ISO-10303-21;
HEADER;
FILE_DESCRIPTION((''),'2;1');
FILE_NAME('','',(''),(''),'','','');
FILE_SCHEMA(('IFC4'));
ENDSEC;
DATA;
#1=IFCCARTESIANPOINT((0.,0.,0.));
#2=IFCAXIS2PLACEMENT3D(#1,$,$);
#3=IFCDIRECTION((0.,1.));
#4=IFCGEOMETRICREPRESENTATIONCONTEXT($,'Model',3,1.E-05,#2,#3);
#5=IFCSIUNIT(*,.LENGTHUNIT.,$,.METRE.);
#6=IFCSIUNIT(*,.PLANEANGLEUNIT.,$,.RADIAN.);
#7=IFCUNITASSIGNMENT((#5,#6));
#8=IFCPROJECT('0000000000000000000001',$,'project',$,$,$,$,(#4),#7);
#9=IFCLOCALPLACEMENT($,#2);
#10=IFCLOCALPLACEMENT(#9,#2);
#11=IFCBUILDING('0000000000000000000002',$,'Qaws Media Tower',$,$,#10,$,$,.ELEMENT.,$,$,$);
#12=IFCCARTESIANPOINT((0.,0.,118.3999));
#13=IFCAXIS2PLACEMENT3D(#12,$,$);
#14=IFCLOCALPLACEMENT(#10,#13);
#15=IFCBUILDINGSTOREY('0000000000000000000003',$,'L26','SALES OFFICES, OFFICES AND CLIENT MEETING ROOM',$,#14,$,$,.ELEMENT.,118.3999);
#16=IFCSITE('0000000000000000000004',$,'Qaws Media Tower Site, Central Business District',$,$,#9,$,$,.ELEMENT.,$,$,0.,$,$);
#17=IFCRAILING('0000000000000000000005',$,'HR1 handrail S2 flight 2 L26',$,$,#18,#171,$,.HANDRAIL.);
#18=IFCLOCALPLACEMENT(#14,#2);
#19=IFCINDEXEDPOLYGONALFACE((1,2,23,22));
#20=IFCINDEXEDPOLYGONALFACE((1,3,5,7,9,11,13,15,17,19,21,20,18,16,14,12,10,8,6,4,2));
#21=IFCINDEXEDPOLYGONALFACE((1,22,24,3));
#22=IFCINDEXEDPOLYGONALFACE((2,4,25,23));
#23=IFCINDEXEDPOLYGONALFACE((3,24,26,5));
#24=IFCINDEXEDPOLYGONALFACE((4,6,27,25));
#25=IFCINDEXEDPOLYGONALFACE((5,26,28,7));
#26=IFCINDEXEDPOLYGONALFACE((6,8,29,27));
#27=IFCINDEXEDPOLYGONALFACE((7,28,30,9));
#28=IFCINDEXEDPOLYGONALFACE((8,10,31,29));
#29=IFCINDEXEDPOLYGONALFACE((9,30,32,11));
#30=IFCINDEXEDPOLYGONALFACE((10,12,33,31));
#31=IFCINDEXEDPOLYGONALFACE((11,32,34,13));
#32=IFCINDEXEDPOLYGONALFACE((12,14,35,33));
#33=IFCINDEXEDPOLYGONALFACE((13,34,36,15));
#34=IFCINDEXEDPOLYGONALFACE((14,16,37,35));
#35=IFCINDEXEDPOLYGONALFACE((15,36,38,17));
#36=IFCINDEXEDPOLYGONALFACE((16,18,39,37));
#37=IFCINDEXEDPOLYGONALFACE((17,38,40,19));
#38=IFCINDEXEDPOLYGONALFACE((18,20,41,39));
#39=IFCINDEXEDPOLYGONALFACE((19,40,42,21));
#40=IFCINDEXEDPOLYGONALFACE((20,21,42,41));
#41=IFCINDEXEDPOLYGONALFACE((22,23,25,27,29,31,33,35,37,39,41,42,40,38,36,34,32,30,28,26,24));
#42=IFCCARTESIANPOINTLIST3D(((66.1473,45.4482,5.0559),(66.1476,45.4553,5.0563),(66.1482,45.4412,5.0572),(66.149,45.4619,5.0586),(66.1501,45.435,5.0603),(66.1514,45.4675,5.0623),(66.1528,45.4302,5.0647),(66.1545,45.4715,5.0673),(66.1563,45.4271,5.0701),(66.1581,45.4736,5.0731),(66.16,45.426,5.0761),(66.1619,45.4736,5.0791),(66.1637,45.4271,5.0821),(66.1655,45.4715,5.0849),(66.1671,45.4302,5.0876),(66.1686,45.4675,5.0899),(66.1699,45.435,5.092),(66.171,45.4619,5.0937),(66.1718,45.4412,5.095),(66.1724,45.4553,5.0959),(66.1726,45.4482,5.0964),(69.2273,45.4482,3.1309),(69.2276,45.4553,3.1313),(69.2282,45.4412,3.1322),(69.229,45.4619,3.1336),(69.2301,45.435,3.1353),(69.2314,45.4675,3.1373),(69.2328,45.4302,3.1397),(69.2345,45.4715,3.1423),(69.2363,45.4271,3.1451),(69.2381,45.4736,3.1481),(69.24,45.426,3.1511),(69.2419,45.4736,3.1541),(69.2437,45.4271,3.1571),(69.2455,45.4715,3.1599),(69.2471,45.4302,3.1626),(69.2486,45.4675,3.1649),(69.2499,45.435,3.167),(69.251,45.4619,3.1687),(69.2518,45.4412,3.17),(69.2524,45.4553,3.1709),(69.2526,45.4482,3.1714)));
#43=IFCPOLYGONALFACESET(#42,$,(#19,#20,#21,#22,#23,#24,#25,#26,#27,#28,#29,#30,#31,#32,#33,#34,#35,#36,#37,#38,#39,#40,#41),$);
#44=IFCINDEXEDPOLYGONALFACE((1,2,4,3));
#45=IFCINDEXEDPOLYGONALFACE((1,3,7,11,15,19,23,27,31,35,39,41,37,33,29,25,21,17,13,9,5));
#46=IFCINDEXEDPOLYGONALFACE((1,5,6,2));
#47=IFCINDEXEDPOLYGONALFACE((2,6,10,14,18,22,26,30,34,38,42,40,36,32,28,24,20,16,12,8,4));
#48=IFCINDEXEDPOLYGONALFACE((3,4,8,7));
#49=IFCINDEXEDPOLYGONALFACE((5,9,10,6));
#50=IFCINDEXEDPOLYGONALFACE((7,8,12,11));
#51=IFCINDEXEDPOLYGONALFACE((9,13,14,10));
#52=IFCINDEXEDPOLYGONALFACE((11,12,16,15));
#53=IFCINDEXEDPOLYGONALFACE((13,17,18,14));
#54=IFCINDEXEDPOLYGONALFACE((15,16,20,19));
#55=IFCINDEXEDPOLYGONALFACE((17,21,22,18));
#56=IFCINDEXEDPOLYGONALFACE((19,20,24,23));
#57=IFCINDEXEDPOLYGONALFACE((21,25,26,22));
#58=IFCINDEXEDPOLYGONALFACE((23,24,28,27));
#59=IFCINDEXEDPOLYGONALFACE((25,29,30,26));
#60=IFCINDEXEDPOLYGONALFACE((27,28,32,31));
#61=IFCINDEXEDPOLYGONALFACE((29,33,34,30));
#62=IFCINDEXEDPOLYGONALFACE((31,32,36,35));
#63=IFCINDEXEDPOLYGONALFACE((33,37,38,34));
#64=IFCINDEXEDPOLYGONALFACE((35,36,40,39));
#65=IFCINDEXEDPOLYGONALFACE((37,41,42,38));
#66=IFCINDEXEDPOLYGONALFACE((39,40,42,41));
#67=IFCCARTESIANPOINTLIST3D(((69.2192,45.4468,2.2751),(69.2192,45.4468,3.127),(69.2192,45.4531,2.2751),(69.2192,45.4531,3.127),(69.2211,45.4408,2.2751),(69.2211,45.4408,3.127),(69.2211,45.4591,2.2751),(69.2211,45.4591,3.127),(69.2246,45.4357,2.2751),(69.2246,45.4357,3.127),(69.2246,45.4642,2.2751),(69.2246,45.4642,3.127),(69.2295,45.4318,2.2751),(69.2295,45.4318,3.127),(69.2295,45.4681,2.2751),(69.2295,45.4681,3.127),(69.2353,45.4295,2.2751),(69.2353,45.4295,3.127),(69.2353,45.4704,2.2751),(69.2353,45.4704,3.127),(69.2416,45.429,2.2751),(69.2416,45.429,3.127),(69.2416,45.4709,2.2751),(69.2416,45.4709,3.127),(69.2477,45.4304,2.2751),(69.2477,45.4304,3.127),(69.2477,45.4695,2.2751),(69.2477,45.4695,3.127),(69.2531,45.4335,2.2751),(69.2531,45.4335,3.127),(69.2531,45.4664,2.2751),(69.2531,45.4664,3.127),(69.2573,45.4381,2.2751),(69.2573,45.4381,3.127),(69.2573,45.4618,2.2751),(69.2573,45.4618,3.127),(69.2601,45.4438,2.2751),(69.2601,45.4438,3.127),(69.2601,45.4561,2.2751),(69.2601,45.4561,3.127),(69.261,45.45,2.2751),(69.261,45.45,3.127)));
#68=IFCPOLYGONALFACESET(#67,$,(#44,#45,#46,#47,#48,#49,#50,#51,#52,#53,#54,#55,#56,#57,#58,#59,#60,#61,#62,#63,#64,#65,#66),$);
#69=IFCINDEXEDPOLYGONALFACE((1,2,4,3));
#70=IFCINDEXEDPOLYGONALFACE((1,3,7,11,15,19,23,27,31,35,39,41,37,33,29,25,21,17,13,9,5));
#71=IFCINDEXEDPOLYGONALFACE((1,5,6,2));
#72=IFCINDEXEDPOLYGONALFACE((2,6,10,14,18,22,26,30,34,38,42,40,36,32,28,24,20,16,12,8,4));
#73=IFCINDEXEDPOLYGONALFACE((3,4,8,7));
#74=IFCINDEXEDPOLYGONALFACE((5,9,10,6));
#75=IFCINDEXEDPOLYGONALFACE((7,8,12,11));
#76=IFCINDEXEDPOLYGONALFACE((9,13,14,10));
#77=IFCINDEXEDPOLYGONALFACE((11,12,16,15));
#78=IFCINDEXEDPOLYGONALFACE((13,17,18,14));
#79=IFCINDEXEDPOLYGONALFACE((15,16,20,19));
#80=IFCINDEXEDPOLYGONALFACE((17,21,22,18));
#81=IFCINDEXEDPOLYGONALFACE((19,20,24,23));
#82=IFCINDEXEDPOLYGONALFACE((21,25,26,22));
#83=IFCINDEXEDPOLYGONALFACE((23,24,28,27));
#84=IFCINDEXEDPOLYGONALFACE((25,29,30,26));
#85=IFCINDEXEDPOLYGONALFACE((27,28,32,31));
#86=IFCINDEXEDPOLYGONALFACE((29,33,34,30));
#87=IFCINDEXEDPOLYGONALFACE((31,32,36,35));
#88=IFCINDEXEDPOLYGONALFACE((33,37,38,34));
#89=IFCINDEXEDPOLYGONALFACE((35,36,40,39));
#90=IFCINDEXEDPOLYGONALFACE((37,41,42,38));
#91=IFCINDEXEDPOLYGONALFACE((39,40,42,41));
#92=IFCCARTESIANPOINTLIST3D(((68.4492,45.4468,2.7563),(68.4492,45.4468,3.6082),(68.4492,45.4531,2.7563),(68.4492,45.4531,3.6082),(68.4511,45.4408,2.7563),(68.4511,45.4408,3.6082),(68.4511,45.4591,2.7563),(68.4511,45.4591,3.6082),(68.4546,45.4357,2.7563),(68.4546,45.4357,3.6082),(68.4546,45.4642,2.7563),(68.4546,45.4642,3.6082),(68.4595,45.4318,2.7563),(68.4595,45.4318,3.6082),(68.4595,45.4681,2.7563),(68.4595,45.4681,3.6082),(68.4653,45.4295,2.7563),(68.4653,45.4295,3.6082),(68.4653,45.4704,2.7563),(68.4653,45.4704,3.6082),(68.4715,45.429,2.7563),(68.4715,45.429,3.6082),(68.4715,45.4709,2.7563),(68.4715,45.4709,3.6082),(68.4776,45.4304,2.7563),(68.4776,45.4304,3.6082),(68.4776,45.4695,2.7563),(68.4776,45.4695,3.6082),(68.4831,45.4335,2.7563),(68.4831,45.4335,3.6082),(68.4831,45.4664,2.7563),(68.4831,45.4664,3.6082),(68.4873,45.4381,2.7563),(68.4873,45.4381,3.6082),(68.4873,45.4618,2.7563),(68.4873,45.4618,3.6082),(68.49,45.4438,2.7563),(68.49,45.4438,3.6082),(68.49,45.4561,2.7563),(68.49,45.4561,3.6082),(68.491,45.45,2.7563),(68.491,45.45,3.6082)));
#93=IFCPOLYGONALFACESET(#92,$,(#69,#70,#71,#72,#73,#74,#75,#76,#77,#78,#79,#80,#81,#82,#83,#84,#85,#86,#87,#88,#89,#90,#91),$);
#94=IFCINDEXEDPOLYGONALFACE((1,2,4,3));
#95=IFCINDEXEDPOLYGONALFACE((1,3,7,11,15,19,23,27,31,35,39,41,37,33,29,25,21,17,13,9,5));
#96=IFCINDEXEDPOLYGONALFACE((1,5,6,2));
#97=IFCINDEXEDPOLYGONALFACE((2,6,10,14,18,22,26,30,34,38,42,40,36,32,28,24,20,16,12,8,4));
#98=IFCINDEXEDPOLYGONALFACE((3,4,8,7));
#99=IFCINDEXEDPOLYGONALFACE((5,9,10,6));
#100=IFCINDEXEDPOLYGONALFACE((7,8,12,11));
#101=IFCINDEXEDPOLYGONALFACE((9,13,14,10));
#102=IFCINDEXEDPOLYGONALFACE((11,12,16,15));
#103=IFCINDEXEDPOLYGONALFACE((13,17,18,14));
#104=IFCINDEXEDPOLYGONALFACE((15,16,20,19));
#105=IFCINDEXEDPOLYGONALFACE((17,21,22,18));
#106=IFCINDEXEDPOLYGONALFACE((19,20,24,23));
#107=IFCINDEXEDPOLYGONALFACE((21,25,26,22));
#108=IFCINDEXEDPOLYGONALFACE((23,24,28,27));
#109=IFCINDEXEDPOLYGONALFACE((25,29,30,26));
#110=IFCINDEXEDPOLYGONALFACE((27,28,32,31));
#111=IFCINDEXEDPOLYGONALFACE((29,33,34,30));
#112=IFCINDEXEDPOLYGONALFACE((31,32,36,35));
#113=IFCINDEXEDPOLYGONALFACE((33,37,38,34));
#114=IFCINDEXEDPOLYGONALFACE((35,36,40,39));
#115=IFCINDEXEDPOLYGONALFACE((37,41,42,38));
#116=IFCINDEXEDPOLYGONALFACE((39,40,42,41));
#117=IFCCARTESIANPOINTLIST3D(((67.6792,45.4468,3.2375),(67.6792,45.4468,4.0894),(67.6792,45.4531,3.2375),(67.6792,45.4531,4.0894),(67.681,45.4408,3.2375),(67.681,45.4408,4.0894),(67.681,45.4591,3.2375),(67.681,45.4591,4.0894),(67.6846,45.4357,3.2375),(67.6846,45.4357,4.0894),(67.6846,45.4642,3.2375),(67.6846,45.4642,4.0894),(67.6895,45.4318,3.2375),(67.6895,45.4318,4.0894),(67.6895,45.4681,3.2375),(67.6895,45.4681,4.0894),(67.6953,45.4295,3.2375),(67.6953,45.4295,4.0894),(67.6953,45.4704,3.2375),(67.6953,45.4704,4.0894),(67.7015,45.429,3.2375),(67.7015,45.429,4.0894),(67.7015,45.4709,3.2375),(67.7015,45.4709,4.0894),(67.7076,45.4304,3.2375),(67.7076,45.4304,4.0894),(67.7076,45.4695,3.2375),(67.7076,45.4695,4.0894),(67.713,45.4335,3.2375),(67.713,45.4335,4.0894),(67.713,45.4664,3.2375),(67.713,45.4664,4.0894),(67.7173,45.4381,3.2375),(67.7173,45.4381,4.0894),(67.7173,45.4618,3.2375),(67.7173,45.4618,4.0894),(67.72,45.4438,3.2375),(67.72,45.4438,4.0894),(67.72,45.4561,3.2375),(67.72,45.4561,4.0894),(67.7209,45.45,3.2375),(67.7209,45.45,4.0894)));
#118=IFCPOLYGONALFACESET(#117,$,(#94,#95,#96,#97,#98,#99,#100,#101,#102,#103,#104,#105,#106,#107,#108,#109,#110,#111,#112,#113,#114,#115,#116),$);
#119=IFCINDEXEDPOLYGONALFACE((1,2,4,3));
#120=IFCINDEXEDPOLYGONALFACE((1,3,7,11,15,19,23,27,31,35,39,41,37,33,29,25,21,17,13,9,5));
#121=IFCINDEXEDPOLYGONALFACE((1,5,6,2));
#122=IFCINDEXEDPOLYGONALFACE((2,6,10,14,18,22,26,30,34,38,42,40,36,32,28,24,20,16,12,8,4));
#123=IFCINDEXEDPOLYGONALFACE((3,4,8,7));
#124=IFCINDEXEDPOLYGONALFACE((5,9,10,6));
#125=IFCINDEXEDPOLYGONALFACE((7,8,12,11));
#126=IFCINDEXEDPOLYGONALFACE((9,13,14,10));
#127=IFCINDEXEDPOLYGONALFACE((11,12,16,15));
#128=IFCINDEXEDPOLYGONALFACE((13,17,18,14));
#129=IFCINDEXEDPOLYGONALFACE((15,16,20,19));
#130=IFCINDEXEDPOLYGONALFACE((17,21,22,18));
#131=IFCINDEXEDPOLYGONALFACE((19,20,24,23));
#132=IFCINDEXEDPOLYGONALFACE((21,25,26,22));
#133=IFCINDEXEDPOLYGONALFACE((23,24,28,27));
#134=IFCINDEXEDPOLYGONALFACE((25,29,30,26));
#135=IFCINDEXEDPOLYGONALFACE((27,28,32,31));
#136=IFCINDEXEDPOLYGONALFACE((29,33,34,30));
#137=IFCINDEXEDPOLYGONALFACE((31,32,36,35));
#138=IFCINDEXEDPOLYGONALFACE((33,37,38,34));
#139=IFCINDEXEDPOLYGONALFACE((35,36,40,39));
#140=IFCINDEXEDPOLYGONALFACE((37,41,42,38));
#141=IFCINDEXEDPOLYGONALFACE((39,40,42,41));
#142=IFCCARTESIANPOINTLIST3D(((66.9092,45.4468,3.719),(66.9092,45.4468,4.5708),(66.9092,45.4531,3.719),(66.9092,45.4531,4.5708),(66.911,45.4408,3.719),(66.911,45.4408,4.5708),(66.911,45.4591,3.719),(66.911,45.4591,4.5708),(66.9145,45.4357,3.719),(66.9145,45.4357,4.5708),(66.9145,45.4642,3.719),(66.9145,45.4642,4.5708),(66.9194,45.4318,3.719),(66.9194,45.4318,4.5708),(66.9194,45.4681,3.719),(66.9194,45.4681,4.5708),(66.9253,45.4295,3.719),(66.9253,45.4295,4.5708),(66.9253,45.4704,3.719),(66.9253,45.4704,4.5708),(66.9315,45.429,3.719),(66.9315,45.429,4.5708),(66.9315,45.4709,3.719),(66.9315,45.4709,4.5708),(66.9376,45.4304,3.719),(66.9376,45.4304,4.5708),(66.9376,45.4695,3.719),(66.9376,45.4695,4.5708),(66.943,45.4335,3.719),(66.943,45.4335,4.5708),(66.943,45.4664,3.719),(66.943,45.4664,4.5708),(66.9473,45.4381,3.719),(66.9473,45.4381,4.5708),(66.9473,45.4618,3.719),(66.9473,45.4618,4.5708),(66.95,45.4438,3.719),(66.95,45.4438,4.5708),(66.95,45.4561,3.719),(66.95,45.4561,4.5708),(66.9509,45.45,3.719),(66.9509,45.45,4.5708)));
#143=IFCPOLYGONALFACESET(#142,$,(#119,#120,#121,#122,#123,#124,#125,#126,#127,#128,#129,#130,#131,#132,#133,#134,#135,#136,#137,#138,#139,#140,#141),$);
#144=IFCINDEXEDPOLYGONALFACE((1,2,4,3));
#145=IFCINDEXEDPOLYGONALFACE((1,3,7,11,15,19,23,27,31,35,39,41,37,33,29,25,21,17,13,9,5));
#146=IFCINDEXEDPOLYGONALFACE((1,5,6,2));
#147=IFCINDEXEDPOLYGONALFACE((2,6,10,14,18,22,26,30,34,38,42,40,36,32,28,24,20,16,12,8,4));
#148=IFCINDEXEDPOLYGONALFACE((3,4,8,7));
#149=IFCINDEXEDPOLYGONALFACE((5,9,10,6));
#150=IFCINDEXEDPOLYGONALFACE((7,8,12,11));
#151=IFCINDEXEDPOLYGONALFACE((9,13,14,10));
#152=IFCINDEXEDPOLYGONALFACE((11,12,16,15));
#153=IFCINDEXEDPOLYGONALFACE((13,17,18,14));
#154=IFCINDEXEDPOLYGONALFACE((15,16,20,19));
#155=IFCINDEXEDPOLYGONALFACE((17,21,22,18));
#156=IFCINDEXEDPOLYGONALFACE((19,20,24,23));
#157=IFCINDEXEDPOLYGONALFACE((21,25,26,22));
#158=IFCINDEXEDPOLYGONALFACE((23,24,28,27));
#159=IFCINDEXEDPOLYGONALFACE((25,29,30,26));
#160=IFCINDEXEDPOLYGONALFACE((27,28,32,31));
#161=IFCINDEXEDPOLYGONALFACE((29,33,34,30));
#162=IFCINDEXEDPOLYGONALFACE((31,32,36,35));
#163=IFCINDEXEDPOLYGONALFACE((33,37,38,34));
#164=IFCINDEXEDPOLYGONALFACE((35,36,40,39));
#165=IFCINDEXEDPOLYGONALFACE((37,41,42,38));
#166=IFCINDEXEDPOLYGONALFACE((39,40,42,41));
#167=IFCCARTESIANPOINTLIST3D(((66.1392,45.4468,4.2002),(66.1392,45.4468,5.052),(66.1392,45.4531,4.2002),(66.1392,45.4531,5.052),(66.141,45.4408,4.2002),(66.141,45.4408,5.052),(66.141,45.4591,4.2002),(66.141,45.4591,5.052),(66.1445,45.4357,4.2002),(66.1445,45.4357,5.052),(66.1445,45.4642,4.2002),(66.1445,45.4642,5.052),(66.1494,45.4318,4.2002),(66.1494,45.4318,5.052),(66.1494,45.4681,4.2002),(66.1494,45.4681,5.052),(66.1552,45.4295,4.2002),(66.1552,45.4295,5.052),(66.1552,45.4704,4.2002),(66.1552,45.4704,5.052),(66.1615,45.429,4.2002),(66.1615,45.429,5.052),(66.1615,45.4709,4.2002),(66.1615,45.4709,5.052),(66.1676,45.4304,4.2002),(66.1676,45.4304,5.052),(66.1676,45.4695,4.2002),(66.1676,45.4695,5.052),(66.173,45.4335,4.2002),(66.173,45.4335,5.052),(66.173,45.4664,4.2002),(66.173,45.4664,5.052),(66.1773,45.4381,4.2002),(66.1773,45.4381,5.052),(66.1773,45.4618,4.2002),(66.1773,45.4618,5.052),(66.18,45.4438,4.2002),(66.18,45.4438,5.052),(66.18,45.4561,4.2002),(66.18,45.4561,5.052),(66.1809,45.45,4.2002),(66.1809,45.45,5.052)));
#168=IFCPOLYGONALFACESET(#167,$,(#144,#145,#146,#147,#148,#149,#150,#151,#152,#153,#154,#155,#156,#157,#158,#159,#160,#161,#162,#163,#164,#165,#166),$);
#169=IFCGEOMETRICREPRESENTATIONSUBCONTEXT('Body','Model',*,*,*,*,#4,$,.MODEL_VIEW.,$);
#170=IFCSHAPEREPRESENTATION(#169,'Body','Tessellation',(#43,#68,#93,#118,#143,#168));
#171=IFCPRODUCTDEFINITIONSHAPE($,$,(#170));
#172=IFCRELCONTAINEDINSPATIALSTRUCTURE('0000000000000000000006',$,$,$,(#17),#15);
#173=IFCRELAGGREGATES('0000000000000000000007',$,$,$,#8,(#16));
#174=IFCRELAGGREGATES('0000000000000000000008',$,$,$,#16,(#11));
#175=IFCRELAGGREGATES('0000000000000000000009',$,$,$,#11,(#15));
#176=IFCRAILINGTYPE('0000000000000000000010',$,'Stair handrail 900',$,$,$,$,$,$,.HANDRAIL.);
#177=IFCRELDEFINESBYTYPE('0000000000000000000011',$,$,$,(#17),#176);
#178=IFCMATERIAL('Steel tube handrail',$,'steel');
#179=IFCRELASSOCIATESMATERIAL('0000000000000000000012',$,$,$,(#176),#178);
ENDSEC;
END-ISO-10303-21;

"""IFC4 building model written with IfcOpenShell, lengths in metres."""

from ifc_helpers import new_model, si_unit, direction, frame, origin, origin_2d, place, context, subcontext, project, spatial, circle, extrude, material, type_object, element, save


model = new_model("IFC4")

# Units and contexts
model_context = context("Model", 3, precision=1e-05, world=origin(), true_north=direction((0.0, 1.0)))
body_context = subcontext(model_context, "Body", "Model", "MODEL_VIEW")
ifc_project = project(units=[si_unit("LENGTHUNIT", "METRE"), si_unit("PLANEANGLEUNIT", "RADIAN")], contexts=[model_context])

# Site, building, storey
site_placement = place(None, origin())
site = spatial("IfcSite", under=ifc_project, at=site_placement, Name="Qaws Media Tower Site, Central Business District", CompositionType="ELEMENT", RefElevation=0.0)
building_placement = place(site_placement, origin())
building = spatial("IfcBuilding", under=site, at=building_placement, Name="Qaws Media Tower", CompositionType="ELEMENT")
storey_placement = place(building_placement, frame((0.0, 0.0, 118.3999)))
storey = spatial("IfcBuildingStorey", under=building, at=storey_placement, Name="L26", Description="SALES OFFICES, OFFICES AND CLIENT MEETING ROOM", CompositionType="ELEMENT", Elevation=118.3999)

# Railing
ifc_material_1 = material(Name="Steel tube handrail", Category="steel")
railing_type = type_object("IfcRailingType", Name="Stair handrail 900", PredefinedType="HANDRAIL", material=ifc_material_1)
for number, where, name in (
    (1, (69.24, 45.45, 2.2751), "HR1 handrail S2 flight 2 L26"),
):
    element("IfcRailing", number, at=place(storey_placement, frame(where)), inside=storey, type_object=railing_type, Name=name, PredefinedType="HANDRAIL", context=body_context, shape_type="SweptSolid", body=[
        extrude(circle(Radius=0.0239, at=origin_2d()), frame((0.0, 0.0, 0.876), z_axis=(-0.847998, 0.0, 0.529999), x_axis=(0.0, -1.0, 0.0)), (0.0, 0.0, 1.0), 3.6321),
        extrude(circle(Radius=0.021, at=origin_2d()), origin(), (0.0, 0.0, 1.0), 0.8518),
        extrude(circle(Radius=0.021, at=origin_2d()), frame((-0.77, 0.0, 0.4812)), (0.0, 0.0, 1.0), 0.8518),
        extrude(circle(Radius=0.021, at=origin_2d()), frame((-1.54, 0.0, 0.9624)), (0.0, 0.0, 1.0), 0.8518),
        extrude(circle(Radius=0.021, at=origin_2d()), frame((-2.3101, 0.0, 1.4438)), (0.0, 0.0, 1.0), 0.8518),
        extrude(circle(Radius=0.021, at=origin_2d()), frame((-3.0801, 0.0, 1.925)), (0.0, 0.0, 1.0), 0.8518),
    ])

save(model, "model.ifc")
